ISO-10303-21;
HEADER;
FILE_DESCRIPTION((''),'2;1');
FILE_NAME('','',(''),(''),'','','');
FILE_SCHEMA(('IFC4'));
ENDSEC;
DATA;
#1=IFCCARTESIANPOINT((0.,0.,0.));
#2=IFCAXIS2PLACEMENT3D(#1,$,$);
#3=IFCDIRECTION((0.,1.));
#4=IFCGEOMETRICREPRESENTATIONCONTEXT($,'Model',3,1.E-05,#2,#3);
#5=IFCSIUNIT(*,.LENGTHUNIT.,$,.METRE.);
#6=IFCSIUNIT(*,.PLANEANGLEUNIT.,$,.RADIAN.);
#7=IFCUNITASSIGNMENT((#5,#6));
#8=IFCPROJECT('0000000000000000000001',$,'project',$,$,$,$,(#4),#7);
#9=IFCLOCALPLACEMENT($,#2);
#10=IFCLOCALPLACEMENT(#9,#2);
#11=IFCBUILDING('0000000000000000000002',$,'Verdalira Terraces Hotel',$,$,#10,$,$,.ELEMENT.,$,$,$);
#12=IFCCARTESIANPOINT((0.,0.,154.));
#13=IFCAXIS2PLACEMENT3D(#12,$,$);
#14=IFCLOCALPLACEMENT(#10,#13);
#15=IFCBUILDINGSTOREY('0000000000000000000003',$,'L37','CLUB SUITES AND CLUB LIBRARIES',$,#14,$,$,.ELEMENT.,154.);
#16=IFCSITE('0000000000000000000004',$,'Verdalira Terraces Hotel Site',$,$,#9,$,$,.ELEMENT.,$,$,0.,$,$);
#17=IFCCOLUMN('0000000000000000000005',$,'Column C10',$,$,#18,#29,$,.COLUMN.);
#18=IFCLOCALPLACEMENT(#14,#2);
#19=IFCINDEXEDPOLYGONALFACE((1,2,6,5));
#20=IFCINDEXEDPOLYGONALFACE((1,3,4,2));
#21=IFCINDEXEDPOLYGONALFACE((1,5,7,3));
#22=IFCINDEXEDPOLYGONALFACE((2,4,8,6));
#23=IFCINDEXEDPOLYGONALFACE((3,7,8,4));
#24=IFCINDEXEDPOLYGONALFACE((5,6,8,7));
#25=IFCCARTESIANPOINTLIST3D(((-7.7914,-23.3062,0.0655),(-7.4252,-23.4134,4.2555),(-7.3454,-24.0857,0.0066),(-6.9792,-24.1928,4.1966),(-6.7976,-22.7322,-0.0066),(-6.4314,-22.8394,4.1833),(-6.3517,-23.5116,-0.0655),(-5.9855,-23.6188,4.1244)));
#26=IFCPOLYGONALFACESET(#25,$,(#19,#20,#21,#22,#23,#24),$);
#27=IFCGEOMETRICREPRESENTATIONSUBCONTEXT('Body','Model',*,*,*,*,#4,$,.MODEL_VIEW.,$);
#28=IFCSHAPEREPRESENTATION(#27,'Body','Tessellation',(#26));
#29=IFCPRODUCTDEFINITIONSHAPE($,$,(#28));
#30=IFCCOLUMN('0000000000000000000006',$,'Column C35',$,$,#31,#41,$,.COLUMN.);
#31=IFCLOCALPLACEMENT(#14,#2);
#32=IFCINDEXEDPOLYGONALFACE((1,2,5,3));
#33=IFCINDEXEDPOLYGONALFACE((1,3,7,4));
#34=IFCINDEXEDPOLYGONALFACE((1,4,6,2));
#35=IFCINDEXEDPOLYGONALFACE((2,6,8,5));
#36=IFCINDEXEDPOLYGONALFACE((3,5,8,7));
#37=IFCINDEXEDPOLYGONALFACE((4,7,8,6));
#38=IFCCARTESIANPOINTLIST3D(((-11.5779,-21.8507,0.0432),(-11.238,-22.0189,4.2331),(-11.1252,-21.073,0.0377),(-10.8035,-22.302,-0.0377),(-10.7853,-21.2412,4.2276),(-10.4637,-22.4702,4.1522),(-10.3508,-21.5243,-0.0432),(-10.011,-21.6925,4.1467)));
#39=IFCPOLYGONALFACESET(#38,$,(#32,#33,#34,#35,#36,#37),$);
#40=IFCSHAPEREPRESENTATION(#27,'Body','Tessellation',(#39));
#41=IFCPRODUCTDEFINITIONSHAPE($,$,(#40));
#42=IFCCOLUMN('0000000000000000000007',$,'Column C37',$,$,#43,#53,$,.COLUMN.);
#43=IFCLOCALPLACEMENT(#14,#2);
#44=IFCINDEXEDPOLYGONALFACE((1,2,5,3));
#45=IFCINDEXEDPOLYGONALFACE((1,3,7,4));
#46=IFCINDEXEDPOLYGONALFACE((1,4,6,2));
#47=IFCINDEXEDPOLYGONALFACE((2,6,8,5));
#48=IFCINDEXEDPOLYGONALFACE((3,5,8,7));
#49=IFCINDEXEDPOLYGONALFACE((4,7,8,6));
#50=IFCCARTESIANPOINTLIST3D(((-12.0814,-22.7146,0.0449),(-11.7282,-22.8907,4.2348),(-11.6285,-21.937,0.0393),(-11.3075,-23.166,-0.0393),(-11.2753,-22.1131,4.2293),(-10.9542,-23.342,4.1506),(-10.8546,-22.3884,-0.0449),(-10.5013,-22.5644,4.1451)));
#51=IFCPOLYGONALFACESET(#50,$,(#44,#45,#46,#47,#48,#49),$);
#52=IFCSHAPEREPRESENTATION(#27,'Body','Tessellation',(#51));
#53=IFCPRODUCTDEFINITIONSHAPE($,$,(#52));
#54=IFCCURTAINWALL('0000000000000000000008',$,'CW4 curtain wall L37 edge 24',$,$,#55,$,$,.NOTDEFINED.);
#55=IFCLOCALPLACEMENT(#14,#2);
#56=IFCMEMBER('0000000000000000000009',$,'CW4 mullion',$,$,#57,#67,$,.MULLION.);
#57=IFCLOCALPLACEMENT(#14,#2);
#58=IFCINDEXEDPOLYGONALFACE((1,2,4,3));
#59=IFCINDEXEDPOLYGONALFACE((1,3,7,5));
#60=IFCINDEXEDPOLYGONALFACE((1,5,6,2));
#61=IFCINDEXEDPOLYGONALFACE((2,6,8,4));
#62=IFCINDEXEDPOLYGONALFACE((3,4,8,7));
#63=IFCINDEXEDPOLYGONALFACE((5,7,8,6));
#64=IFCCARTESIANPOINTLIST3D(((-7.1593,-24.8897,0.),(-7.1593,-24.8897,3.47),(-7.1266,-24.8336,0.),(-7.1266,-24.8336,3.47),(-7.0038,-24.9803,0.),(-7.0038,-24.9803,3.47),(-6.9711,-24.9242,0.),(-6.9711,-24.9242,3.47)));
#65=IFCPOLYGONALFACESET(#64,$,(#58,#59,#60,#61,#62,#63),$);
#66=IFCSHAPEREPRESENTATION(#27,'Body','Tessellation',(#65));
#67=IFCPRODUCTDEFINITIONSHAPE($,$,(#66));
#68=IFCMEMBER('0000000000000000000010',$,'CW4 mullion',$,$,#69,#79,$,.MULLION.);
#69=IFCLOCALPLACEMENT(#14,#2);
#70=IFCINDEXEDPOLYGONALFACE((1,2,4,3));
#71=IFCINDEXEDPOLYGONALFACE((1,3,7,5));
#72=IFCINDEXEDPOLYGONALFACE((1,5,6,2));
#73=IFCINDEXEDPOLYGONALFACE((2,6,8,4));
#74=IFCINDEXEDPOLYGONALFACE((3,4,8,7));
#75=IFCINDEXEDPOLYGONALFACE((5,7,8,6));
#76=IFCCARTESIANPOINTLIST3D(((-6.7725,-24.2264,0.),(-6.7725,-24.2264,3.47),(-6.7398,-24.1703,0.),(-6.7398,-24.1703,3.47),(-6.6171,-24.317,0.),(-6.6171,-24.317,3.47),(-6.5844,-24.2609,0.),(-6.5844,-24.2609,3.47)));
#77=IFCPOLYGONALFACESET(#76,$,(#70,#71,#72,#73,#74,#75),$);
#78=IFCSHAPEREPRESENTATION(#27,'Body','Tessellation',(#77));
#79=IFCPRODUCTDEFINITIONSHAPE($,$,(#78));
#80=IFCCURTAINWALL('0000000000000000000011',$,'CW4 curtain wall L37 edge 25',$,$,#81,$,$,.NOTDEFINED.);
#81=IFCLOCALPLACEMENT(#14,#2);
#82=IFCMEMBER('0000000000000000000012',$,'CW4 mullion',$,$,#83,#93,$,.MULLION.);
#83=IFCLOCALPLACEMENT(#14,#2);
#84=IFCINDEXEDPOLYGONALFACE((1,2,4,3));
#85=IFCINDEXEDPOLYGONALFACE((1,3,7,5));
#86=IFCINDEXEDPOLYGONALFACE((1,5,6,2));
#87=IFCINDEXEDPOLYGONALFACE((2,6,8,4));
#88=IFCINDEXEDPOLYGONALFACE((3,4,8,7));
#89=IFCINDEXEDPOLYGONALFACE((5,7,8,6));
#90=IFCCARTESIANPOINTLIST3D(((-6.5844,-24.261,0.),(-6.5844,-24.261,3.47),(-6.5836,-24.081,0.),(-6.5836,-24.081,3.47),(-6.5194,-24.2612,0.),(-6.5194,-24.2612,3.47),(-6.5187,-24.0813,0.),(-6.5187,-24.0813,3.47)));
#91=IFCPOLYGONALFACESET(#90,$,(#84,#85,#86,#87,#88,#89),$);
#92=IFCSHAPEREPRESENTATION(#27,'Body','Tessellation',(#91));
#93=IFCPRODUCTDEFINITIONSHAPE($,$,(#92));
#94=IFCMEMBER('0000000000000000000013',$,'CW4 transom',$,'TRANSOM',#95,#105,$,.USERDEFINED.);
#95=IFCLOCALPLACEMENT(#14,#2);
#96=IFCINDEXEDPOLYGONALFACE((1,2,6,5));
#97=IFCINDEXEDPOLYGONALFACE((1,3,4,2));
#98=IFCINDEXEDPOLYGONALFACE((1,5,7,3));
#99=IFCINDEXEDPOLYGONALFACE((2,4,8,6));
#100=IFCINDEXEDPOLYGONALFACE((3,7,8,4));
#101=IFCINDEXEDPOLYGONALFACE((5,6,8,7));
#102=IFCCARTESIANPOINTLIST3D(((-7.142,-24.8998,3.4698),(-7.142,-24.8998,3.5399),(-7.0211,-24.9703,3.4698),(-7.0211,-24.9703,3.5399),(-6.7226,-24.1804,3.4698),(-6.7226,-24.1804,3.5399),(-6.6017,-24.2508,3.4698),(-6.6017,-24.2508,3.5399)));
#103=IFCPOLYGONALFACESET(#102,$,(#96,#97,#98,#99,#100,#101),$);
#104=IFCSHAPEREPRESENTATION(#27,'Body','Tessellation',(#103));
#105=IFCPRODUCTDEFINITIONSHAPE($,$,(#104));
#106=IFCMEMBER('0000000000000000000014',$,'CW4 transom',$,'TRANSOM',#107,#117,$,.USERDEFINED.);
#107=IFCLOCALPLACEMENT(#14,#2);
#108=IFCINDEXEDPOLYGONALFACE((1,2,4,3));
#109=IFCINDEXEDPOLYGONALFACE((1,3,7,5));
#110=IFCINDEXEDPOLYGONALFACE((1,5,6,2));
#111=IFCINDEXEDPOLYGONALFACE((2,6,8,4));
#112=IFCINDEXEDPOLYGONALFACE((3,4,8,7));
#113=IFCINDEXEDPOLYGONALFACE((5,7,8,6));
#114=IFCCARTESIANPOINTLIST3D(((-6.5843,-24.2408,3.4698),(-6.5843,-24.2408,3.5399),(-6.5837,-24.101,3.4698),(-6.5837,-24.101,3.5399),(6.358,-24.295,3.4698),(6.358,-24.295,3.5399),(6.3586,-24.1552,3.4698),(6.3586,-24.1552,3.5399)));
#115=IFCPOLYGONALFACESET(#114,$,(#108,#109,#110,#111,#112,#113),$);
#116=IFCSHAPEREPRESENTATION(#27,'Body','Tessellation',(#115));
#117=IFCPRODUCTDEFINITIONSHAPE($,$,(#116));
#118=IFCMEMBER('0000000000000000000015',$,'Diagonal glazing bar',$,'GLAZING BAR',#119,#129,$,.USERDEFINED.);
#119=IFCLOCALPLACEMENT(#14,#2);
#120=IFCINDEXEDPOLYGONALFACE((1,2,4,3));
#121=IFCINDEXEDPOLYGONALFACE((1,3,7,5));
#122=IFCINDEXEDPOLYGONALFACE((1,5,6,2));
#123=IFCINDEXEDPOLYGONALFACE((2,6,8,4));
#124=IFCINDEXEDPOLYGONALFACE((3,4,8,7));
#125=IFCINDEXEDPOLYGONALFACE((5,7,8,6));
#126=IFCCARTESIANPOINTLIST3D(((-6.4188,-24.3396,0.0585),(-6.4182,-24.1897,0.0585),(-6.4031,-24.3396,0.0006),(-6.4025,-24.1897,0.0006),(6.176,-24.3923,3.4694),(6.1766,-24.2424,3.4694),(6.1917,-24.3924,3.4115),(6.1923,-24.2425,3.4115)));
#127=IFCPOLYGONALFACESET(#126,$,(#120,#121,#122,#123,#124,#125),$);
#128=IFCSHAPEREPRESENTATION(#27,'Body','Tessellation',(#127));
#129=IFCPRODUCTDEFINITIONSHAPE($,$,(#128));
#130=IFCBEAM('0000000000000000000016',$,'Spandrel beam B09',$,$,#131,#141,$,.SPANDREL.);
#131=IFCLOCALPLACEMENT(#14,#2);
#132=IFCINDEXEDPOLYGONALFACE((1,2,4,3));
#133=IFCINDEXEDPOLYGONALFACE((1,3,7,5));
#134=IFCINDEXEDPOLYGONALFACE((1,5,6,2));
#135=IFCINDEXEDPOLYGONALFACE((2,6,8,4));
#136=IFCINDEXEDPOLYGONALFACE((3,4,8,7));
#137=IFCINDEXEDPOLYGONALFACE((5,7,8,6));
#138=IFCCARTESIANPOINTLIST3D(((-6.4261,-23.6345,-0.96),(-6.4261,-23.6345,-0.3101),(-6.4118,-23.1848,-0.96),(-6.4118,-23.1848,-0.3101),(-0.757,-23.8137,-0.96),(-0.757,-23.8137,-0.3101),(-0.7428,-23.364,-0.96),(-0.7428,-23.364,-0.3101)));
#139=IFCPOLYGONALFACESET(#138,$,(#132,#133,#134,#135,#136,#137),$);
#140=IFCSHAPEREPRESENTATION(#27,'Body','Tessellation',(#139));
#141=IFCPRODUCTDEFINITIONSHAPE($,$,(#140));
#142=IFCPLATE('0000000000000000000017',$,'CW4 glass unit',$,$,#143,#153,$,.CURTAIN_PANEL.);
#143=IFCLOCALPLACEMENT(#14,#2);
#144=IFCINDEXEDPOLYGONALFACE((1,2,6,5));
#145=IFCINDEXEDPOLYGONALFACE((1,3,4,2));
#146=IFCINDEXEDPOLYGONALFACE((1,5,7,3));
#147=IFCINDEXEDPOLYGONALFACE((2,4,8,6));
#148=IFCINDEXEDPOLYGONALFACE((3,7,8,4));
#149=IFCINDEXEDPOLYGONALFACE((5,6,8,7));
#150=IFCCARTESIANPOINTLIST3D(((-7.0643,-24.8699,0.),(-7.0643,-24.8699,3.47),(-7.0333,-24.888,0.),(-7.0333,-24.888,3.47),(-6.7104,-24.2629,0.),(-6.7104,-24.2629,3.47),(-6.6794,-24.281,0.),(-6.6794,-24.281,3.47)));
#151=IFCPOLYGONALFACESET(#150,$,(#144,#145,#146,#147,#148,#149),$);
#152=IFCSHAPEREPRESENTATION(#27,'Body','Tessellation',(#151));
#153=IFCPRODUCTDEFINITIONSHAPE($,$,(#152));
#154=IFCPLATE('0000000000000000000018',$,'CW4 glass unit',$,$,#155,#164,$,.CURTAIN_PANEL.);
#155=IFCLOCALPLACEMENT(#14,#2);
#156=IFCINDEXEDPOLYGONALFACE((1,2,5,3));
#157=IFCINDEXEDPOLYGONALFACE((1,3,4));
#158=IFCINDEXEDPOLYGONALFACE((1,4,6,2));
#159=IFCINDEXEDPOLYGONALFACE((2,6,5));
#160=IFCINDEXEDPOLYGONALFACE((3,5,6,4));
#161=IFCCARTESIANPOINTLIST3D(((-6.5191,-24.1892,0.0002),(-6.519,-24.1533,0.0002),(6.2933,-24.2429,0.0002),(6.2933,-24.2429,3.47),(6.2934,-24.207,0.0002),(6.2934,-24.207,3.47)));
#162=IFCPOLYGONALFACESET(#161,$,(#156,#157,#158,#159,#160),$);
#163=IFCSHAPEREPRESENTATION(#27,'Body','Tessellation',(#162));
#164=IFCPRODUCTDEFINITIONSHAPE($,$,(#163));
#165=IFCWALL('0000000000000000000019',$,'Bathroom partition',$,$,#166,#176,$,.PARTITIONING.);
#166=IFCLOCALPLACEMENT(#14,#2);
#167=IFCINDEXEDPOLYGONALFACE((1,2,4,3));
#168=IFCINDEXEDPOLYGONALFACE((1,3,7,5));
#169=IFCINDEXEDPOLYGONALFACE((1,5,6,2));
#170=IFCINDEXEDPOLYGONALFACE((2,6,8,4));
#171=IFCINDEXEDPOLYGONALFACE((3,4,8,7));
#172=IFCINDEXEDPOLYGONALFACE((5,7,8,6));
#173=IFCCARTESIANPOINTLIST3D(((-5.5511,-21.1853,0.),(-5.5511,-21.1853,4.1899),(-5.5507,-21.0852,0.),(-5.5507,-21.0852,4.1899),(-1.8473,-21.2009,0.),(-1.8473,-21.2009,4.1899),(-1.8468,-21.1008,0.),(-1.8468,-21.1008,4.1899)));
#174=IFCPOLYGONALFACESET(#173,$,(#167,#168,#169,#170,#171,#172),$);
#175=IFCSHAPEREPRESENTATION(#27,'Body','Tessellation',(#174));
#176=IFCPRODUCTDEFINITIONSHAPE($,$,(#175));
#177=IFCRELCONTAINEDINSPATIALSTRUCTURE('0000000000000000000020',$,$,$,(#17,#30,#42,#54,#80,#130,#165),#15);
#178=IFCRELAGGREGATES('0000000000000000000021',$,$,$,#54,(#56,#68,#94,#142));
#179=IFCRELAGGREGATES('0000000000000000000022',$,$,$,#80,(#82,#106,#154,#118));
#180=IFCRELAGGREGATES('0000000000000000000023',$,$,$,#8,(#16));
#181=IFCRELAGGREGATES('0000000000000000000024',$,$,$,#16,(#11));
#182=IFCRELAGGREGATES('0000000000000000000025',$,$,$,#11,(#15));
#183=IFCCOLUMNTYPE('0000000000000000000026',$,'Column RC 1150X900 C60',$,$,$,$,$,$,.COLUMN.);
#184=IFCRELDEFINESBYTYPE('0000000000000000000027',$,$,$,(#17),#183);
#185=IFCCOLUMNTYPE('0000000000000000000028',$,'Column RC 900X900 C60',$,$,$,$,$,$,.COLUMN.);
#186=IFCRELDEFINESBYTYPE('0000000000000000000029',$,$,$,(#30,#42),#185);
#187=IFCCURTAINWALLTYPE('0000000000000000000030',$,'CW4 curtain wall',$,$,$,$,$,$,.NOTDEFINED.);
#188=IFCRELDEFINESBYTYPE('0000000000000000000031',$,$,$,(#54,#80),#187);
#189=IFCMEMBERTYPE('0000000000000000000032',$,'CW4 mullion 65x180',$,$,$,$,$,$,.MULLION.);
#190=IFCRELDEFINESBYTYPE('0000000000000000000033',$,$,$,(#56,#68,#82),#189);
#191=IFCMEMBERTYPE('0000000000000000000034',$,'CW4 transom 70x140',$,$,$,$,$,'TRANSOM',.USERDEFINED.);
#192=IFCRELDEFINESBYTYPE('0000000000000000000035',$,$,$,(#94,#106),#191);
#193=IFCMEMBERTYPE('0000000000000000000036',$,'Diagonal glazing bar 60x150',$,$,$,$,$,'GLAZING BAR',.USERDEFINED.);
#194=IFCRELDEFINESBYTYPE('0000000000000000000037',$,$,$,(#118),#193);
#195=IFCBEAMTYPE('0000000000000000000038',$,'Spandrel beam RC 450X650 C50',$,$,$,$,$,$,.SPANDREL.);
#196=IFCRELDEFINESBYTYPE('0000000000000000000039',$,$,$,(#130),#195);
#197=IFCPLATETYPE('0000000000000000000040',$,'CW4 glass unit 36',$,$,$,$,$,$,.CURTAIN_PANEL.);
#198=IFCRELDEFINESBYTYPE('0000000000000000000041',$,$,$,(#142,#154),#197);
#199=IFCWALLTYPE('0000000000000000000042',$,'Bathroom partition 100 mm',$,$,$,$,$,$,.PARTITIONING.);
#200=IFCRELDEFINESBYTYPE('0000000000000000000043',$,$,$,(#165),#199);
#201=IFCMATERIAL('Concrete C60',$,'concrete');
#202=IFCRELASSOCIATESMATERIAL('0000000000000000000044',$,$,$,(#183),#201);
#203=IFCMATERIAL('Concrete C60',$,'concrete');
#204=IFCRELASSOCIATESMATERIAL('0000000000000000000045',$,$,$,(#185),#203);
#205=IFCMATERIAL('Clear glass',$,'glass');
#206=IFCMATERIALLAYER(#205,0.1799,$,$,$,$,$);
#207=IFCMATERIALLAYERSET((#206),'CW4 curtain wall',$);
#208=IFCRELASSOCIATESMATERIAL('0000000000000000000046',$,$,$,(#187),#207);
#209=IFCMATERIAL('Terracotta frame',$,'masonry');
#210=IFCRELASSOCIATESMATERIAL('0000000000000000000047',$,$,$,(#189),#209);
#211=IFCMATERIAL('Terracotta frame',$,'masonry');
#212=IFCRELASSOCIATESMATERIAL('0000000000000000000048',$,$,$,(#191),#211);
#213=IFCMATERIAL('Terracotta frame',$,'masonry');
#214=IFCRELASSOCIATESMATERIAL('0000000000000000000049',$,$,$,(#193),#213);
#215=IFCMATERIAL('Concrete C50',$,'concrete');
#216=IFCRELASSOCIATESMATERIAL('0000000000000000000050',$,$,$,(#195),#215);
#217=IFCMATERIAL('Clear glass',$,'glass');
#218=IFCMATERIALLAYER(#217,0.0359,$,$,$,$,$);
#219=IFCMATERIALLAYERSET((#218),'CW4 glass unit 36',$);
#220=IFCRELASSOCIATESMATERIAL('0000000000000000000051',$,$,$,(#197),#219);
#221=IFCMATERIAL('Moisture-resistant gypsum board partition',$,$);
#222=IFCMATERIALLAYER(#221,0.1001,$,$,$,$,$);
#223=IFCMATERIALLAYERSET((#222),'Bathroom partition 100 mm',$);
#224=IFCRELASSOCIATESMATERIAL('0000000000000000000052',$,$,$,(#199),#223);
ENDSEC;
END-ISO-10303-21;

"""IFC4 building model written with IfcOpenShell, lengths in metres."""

from ifc_helpers import new_model, si_unit, direction, frame, frame_2d, origin, origin_2d, place, context, subcontext, project, spatial, polyline, rectangle, outline, extrude, material, layer, layer_set, material_profile, profile_set, type_object, element, aggregate, save


model = new_model("IFC4")

# Units and contexts
model_context = context("Model", 3, precision=1e-05, world=origin(), true_north=direction((0.0, 1.0)))
body_context = subcontext(model_context, "Body", "Model", "MODEL_VIEW")
ifc_project = project(units=[si_unit("LENGTHUNIT", "METRE"), si_unit("PLANEANGLEUNIT", "RADIAN")], contexts=[model_context])

# Site, building, storey
site_placement = place(None, origin())
site = spatial("IfcSite", under=ifc_project, at=site_placement, Name="Verdalira Terraces Hotel Site", CompositionType="ELEMENT", RefElevation=0.0)
building_placement = place(site_placement, origin())
building = spatial("IfcBuilding", under=site, at=building_placement, Name="Verdalira Terraces Hotel", CompositionType="ELEMENT")
storey_placement = place(building_placement, frame((0.0, 0.0, 154.0)))
storey = spatial("IfcBuildingStorey", under=building, at=storey_placement, Name="L37", Description="CLUB SUITES AND CLUB LIBRARIES", CompositionType="ELEMENT", Elevation=154.0)

# Columns
ifc_material_1 = material(Name="Concrete C60", Category="concrete")
ifc_material_profile_1 = material_profile(ifc_material_1, rectangle(XDim=1.1499, YDim=0.8999, at=origin_2d()), Name="RC 1150X900")
ifc_profile_set_1 = profile_set([ifc_material_profile_1], Name="Concrete C60")
column_type_1 = type_object("IfcColumnType", Name="Column RC 1150X900 C60", PredefinedType="COLUMN", material=ifc_profile_set_1)
column_1_placement = place(storey_placement, frame((-7.0715, -23.4089, 0.0), z_axis=(0.087042, -0.025474, 0.995879), x_axis=(-0.864211, -0.4992, 0.062765)))
element("IfcColumn", 1, at=column_1_placement, inside=storey, type_object=column_type_1, Name="Column C10", PredefinedType="COLUMN", context=body_context, shape_type="SweptSolid", body=[
    extrude(rectangle(XDim=1.1499, YDim=0.8999, at=origin_2d()), origin(), (0.0, 0.0, 1.0), 4.2073),
])
ifc_material_2 = material(Name="Concrete C60", Category="concrete")
ifc_material_profile_2 = material_profile(ifc_material_2, rectangle(XDim=0.8999, YDim=0.8999, at=origin_2d()), Name="RC 900X900")
ifc_profile_set_2 = profile_set([ifc_material_profile_2], Name="Concrete C60")
column_type_2 = type_object("IfcColumnType", Name="Column RC 900X900 C60", PredefinedType="COLUMN", material=ifc_profile_set_2)
column_2_placement = place(storey_placement, frame((-10.9644, -21.6875, 0.0), z_axis=(0.080779, -0.039983, 0.99593), x_axis=(-0.503059, -0.86423, 0.006107)))
element("IfcColumn", 2, at=column_2_placement, inside=storey, type_object=column_type_2, Name="Column C35", PredefinedType="COLUMN", context=body_context, shape_type="SweptSolid", body=[
    extrude(rectangle(XDim=0.8999, YDim=0.8999, at=origin_2d()), origin(), (0.0, 0.0, 1.0), 4.207),
])
column_3_placement = place(storey_placement, frame((-11.468, -22.5515, 0.0), z_axis=(0.083943, -0.041826, 0.995592), x_axis=(-0.503287, -0.864098, 0.006132)))
element("IfcColumn", 3, at=column_3_placement, inside=storey, type_object=column_type_2, Name="Column C37", PredefinedType="COLUMN", context=body_context, shape_type="SweptSolid", body=[
    extrude(rectangle(XDim=0.8999, YDim=0.8999, at=origin_2d()), origin(), (0.0, 0.0, 1.0), 4.2085),
])

# Curtain wall, members
ifc_material_3 = material(Name="Clear glass", Category="glass")
ifc_layer_1 = layer(ifc_material_3, 0.1799)
ifc_layer_set_1 = layer_set([ifc_layer_1], Name="CW4 curtain wall")
curtain_wall_type = type_object("IfcCurtainWallType", Name="CW4 curtain wall", PredefinedType="NOTDEFINED", material=ifc_layer_set_1)
curtain_wall_1_placement = place(storey_placement, origin())
curtain_wall_1 = element("IfcCurtainWall", 4, at=curtain_wall_1_placement, inside=storey, type_object=curtain_wall_type, Name="CW4 curtain wall L37 edge 24", PredefinedType="NOTDEFINED")
ifc_material_4 = material(Name="Terracotta frame", Category="masonry")
ifc_material_profile_3 = material_profile(ifc_material_4, rectangle(XDim=0.0649, YDim=0.1799, at=origin_2d()), Name="MU 65x180")
ifc_profile_set_3 = profile_set([ifc_material_profile_3], Name="Terracotta frame")
member_type_1 = type_object("IfcMemberType", Name="CW4 mullion 65x180", PredefinedType="MULLION", material=ifc_profile_set_3)
member_1_placement = place(storey_placement, frame((-7.0652, -24.907, 0.0), z_axis=(0.0, 0.0, 1.0), x_axis=(0.503623, 0.863923, 0.0)))
member_1 = element("IfcMember", 5, at=member_1_placement, type_object=member_type_1, Name="CW4 mullion", PredefinedType="MULLION", context=body_context, shape_type="SweptSolid", body=[
    extrude(rectangle(XDim=0.0649, YDim=0.1799, at=origin_2d()), origin(), (0.0, 0.0, 1.0), 3.47),
])
member_2_placement = place(storey_placement, frame((-6.6785, -24.2437, 0.0), z_axis=(0.0, 0.0, 1.0), x_axis=(0.503623, 0.863923, 0.0)))
member_2 = element("IfcMember", 6, at=member_2_placement, type_object=member_type_1, Name="CW4 mullion", PredefinedType="MULLION", context=body_context, shape_type="SweptSolid", body=[
    extrude(rectangle(XDim=0.0649, YDim=0.1799, at=origin_2d()), origin(), (0.0, 0.0, 1.0), 3.47),
])

# Curtain wall, member
curtain_wall_2_placement = place(storey_placement, origin())
curtain_wall_2 = element("IfcCurtainWall", 7, at=curtain_wall_2_placement, inside=storey, type_object=curtain_wall_type, Name="CW4 curtain wall L37 edge 25", PredefinedType="NOTDEFINED")
member_3_placement = place(storey_placement, frame((-6.5515, -24.1711, 0.0), z_axis=(0.0, 0.0, 1.0), x_axis=(0.999991, -0.004189, 0.0)))
member_3 = element("IfcMember", 8, at=member_3_placement, type_object=member_type_1, Name="CW4 mullion", PredefinedType="MULLION", context=body_context, shape_type="SweptSolid", body=[
    extrude(rectangle(XDim=0.0649, YDim=0.1799, at=origin_2d()), origin(), (0.0, 0.0, 1.0), 3.47),
])

# Members
ifc_material_5 = material(Name="Terracotta frame", Category="masonry")
ifc_material_profile_4 = material_profile(ifc_material_5, rectangle(XDim=0.1399, YDim=0.0701, at=origin_2d()), Name="TR 70x140")
ifc_profile_set_4 = profile_set([ifc_material_profile_4], Name="Terracotta frame")
member_type_2 = type_object("IfcMemberType", Name="CW4 transom 70x140", ElementType="TRANSOM", PredefinedType="USERDEFINED", material=ifc_profile_set_4)
member_4_placement = place(storey_placement, frame((-7.0815, -24.9351, 3.5049), z_axis=(0.503634, 0.863917, 0.0), x_axis=(-0.863917, 0.503634, 0.0)))
member_4 = element("IfcMember", 9, at=member_4_placement, type_object=member_type_2, Name="CW4 transom", ObjectType="TRANSOM", PredefinedType="USERDEFINED", context=body_context, shape_type="SweptSolid", body=[
    extrude(rectangle(XDim=0.1399, YDim=0.0701, at=origin_2d()), origin(), (0.0, 0.0, 1.0), 0.8328),
])
member_5_placement = place(storey_placement, frame((-6.584, -24.1709, 3.5049), z_axis=(0.999991, -0.004188, 0.0), x_axis=(0.004188, 0.999991, 0.0)))
member_5 = element("IfcMember", 10, at=member_5_placement, type_object=member_type_2, Name="CW4 transom", ObjectType="TRANSOM", PredefinedType="USERDEFINED", context=body_context, shape_type="SweptSolid", body=[
    extrude(rectangle(XDim=0.1399, YDim=0.0701, at=origin_2d()), origin(), (0.0, 0.0, 1.0), 12.9424),
])
ifc_material_6 = material(Name="Terracotta frame", Category="masonry")
ifc_material_profile_5 = material_profile(ifc_material_6, rectangle(XDim=0.1499, YDim=0.0601, at=origin_2d()), Name="GB 60x150")
ifc_profile_set_5 = profile_set([ifc_material_profile_5], Name="Terracotta frame")
member_type_3 = type_object("IfcMemberType", Name="Diagonal glazing bar 60x150", ElementType="GLAZING BAR", PredefinedType="USERDEFINED", material=ifc_profile_set_5)
member_6_placement = place(storey_placement, frame((-6.4106, -24.2646, 0.0295), z_axis=(0.965222, -0.004041, 0.2614), x_axis=(0.004187, 0.999991, 0.0)))
member_6 = element("IfcMember", 11, at=member_6_placement, type_object=member_type_3, Name="Diagonal glazing bar", ObjectType="GLAZING BAR", PredefinedType="USERDEFINED", context=body_context, shape_type="SweptSolid", body=[
    extrude(rectangle(XDim=0.1499, YDim=0.0601, at=origin_2d()), origin(), (0.0, 0.0, 1.0), 13.0486),
])

# Beam
ifc_material_7 = material(Name="Concrete C50", Category="concrete")
ifc_material_profile_6 = material_profile(ifc_material_7, rectangle(XDim=0.45, YDim=0.6499, at=origin_2d()), Name="RC 450X650")
ifc_profile_set_6 = profile_set([ifc_material_profile_6], Name="Concrete C50")
beam_type = type_object("IfcBeamType", Name="Spandrel beam RC 450X650 C50", PredefinedType="SPANDREL", material=ifc_profile_set_6)
beam_placement = place(storey_placement, frame((-6.4189, -23.4097, -0.635), z_axis=(0.999501, -0.031595, 0.0), x_axis=(0.031595, 0.999501, 0.0)))
element("IfcBeam", 12, at=beam_placement, inside=storey, type_object=beam_type, Name="Spandrel beam B09", PredefinedType="SPANDREL", context=body_context, shape_type="SweptSolid", body=[
    extrude(rectangle(XDim=0.45, YDim=0.6499, at=origin_2d()), origin(), (0.0, 0.0, 1.0), 5.6719),
])

# Plates
ifc_material_8 = material(Name="Clear glass", Category="glass")
ifc_layer_2 = layer(ifc_material_8, 0.0359)
ifc_layer_set_2 = layer_set([ifc_layer_2], Name="CW4 glass unit 36")
plate_type = type_object("IfcPlateType", Name="CW4 glass unit 36", PredefinedType="CURTAIN_PANEL", material=ifc_layer_set_2)
plate_1_placement = place(storey_placement, frame((-6.8718, -24.5754, 0.0), z_axis=(0.0, 0.0, 1.0), x_axis=(0.503623, 0.863923, 0.0)))
plate_1 = element("IfcPlate", 13, at=plate_1_placement, type_object=plate_type, Name="CW4 glass unit", PredefinedType="CURTAIN_PANEL", context=body_context, shape_type="SweptSolid", body=[
    extrude(rectangle(XDim=0.7026, YDim=0.0359, at=origin_2d()), origin(), (0.0, 0.0, 1.0), 3.47),
])
aggregate(curtain_wall_1, [member_1, member_2, member_4, plate_1])
plate_2_placement = place(storey_placement, frame((-0.1128, -24.1802, 1.7351), z_axis=(-0.004189, -0.999991, 0.0), x_axis=(0.999991, -0.004189, 0.0)))
plate_2 = element("IfcPlate", 14, at=plate_2_placement, type_object=plate_type, Name="CW4 glass unit", PredefinedType="CURTAIN_PANEL", context=body_context, shape_type="SweptSolid", body=[
    extrude(outline(polyline([(-6.4062, -1.7349), (6.4062, -1.7349), (6.4062, 1.7349), (-6.4062, -1.7349)])), origin(), (0.0, 0.0, 1.0), 0.0359),
])
aggregate(curtain_wall_2, [member_3, member_5, plate_2, member_6])

# Wall
ifc_material_9 = material(Name="Moisture-resistant gypsum board partition")
ifc_layer_3 = layer(ifc_material_9, 0.1001)
ifc_layer_set_3 = layer_set([ifc_layer_3], Name="Bathroom partition 100 mm")
wall_type_1 = type_object("IfcWallType", Name="Bathroom partition 100 mm", PredefinedType="PARTITIONING", material=ifc_layer_set_3)
wall_1_placement = place(storey_placement, frame((-1.8469, -21.1509, 0.0), z_axis=(0.0, 0.0, 1.0), x_axis=(-0.999991, 0.004219, 0.0)))
element("IfcWall", 15, at=wall_1_placement, inside=storey, type_object=wall_type_1, Name="Bathroom partition", PredefinedType="PARTITIONING", context=body_context, shape_type="SweptSolid", body=[
    extrude(rectangle(XDim=3.7039, YDim=0.1001, at=frame_2d((1.8521, 0.0))), origin(), (0.0, 0.0, 1.0), 4.1899),
])

save(model, "model.ifc")
